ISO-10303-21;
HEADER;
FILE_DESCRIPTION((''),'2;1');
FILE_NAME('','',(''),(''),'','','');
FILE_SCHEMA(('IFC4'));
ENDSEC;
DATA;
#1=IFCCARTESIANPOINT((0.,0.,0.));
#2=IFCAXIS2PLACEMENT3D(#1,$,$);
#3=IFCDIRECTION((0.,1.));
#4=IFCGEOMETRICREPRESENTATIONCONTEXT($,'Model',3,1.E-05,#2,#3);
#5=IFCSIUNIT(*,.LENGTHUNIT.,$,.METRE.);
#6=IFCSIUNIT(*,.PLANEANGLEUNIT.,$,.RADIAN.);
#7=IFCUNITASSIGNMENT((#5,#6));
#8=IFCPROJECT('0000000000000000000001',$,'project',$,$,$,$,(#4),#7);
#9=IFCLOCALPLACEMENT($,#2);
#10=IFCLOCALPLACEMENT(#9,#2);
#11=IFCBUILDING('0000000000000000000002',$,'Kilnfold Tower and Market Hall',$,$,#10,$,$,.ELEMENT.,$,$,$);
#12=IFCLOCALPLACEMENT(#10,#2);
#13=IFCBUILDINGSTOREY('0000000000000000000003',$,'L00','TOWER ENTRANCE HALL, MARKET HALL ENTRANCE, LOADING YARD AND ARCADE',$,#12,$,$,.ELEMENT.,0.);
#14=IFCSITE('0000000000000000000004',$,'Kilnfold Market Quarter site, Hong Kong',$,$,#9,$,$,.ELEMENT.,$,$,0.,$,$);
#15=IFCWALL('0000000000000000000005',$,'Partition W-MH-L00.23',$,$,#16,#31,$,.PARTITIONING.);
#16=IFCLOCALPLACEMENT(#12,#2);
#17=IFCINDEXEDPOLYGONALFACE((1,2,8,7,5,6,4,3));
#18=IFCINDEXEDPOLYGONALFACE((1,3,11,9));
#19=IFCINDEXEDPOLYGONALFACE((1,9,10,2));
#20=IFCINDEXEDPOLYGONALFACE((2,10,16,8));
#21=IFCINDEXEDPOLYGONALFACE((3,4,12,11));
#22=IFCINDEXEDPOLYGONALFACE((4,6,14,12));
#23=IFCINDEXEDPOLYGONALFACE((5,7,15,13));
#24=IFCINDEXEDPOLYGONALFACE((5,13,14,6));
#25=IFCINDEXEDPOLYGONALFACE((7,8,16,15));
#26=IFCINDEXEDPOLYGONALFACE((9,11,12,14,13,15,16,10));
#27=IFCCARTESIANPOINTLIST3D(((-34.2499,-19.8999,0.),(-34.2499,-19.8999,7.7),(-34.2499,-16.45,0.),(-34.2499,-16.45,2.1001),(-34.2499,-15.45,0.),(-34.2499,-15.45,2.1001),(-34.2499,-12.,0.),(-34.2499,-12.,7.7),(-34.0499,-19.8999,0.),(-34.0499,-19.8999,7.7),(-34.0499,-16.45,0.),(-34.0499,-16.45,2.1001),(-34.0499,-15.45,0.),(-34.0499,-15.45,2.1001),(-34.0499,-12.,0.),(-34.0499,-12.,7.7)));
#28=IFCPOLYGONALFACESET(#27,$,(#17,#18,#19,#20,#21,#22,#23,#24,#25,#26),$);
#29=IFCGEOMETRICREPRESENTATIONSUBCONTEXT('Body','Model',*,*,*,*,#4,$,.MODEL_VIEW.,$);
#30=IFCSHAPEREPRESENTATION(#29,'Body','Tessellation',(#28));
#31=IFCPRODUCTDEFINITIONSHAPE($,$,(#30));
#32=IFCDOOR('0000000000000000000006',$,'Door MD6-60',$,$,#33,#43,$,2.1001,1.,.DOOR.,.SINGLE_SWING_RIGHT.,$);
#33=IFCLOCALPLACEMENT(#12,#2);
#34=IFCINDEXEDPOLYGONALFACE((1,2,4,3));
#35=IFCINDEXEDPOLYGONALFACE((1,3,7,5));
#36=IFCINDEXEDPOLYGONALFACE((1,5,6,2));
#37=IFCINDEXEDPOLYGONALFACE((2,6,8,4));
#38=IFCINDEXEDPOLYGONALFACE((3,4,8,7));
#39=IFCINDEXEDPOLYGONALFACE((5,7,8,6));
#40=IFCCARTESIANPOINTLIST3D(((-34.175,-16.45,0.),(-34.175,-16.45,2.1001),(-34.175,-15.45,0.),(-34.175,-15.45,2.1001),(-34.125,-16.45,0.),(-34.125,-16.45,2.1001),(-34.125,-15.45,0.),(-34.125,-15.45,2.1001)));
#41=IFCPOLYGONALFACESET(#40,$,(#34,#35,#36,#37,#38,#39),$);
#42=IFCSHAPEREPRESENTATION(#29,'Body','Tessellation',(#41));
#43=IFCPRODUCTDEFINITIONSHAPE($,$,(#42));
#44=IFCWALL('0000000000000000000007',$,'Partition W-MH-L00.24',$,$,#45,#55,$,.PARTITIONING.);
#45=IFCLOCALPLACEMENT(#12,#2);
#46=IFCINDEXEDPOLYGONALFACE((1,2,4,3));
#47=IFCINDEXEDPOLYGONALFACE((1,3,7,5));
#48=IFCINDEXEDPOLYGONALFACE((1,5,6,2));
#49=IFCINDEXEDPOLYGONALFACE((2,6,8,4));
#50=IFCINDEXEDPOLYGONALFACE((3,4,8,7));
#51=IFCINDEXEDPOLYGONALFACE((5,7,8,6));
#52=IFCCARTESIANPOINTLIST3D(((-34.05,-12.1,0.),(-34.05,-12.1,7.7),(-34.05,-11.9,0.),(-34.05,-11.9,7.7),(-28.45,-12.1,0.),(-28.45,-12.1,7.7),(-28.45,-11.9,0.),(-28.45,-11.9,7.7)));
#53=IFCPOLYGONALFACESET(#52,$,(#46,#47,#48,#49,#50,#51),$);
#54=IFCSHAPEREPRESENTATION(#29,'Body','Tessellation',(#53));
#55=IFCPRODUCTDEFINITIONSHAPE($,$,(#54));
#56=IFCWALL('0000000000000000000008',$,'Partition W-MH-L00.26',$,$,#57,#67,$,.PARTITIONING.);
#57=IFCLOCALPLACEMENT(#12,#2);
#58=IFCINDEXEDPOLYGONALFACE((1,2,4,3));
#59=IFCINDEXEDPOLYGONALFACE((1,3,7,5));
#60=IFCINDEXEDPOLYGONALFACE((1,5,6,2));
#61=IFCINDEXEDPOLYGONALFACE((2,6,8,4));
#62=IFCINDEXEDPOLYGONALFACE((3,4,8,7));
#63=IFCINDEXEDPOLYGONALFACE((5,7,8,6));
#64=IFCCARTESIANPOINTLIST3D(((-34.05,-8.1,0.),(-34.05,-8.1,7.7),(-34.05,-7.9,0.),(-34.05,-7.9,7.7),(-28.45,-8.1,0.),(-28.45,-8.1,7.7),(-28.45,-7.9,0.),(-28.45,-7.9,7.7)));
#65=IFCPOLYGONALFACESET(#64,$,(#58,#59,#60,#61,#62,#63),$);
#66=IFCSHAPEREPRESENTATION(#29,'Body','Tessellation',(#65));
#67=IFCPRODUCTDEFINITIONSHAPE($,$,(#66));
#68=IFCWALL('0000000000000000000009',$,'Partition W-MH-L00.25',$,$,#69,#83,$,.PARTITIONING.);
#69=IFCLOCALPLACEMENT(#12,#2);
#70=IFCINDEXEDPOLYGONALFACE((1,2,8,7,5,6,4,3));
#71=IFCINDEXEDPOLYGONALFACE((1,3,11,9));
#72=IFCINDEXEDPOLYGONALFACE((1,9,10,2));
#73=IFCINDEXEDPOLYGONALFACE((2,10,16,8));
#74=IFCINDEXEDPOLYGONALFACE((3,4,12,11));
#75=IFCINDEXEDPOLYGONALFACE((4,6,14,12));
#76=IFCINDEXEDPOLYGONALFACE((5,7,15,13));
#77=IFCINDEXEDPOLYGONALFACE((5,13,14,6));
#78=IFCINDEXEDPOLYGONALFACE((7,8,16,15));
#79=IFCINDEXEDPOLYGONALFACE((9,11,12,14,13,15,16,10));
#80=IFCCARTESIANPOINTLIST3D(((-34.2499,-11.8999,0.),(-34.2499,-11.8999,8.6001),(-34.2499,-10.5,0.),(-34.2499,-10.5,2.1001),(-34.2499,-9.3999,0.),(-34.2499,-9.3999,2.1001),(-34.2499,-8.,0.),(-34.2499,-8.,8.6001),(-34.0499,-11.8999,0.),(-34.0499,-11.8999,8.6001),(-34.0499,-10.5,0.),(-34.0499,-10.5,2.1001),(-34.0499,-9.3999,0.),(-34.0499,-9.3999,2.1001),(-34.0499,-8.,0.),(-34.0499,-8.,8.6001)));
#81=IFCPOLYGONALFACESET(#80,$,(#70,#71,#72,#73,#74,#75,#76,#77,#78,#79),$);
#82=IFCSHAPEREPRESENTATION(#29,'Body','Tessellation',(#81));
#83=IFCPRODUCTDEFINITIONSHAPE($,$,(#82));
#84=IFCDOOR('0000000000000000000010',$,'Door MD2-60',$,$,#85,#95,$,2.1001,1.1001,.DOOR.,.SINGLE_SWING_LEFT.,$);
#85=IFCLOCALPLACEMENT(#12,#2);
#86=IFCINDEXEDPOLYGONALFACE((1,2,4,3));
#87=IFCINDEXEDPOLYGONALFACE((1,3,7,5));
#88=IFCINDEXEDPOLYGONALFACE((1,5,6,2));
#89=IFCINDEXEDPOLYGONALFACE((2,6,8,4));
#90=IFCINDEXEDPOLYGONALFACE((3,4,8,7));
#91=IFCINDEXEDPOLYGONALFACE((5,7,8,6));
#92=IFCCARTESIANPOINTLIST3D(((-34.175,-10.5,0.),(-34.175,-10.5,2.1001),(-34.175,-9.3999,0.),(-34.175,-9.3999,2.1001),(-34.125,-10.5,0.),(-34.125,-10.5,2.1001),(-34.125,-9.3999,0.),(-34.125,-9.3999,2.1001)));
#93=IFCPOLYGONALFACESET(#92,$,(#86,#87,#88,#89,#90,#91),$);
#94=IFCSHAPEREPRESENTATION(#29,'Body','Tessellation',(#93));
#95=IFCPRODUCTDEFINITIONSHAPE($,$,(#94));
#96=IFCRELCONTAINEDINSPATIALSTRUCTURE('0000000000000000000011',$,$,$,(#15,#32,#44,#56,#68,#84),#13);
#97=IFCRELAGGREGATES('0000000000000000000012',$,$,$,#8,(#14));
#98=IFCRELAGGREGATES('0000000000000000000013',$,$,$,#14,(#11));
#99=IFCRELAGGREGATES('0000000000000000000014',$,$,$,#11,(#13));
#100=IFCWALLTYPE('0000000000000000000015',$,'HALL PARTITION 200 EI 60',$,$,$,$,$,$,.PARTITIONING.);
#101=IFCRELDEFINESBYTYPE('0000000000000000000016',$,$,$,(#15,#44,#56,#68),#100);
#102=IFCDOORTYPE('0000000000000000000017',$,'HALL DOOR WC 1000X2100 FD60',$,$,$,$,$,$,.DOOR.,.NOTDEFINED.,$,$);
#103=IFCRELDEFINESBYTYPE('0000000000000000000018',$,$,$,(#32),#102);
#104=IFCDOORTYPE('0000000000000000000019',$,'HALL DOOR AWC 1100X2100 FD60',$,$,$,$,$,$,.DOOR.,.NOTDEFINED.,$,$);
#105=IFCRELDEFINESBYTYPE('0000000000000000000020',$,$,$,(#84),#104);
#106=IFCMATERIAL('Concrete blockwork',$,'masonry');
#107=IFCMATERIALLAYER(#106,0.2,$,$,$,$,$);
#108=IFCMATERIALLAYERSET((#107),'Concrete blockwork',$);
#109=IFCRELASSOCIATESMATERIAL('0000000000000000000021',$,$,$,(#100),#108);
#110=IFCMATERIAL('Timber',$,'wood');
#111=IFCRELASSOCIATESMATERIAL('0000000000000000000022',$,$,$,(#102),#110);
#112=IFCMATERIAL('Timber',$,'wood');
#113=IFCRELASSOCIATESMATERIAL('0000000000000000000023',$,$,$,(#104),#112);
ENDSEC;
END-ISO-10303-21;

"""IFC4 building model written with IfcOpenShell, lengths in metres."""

from ifc_helpers import new_model, si_unit, direction, frame, frame_2d, origin, place, context, subcontext, project, spatial, rectangle, extrude, source, transform, mapped, material, layer, layer_set, type_object, element, fill, save


model = new_model("IFC4")

# Units and contexts
model_context = context("Model", 3, precision=1e-05, world=origin(), true_north=direction((0.0, 1.0)))
body_context = subcontext(model_context, "Body", "Model", "MODEL_VIEW")
ifc_project = project(units=[si_unit("LENGTHUNIT", "METRE"), si_unit("PLANEANGLEUNIT", "RADIAN")], contexts=[model_context])

# Site, building, storey
site_placement = place(None, origin())
site = spatial("IfcSite", under=ifc_project, at=site_placement, Name="Kilnfold Market Quarter site, Hong Kong", CompositionType="ELEMENT", RefElevation=0.0)
building_placement = place(site_placement, origin())
building = spatial("IfcBuilding", under=site, at=building_placement, Name="Kilnfold Tower and Market Hall", CompositionType="ELEMENT")
storey_placement = place(building_placement, origin())
storey = spatial("IfcBuildingStorey", under=building, at=storey_placement, Name="L00", Description="TOWER ENTRANCE HALL, MARKET HALL ENTRANCE, LOADING YARD AND ARCADE", CompositionType="ELEMENT", Elevation=0.0)

# Shared definitions
ifc_material_1 = material(Name="Concrete blockwork", Category="masonry")
ifc_layer_1 = layer(ifc_material_1, 0.2)
ifc_layer_set_1 = layer_set([ifc_layer_1], Name="Concrete blockwork")
wall_type_1 = type_object("IfcWallType", Name="HALL PARTITION 200 EI 60", PredefinedType="PARTITIONING", material=ifc_layer_set_1)

# Wall, opening, door
shared_shape_1 = source(origin(), body_context, "Body", "SweptSolid", [
    extrude(rectangle(XDim=7.8999, YDim=0.2, at=frame_2d((3.95, 0.0))), origin(), (0.0, 0.0, 1.0), 7.7),
])
wall_1_placement = place(storey_placement, frame((-34.1499, -12.0, 0.0), z_axis=(0.0, 0.0, 1.0), x_axis=(0.0, -1.0, 0.0)))
wall_1 = element("IfcWall", 1, at=wall_1_placement, inside=storey, type_object=wall_type_1, Name="Partition W-MH-L00.23", PredefinedType="PARTITIONING", context=body_context, shape_type="MappedRepresentation", body=[
    mapped(shared_shape_1, transform((0.0, 0.0, 0.0))),
])
opening_1_placement = place(wall_1_placement, frame((3.45, 0.0, 0.0)))
opening_1 = element("IfcOpeningElement", 2, at=opening_1_placement, cuts=wall_1, PredefinedType="OPENING", context=body_context, shape_type="SweptSolid", body=[
    extrude(rectangle(XDim=1.0, YDim=2.1001, at=frame_2d((0.5, 1.05))), frame((0.0, 0.1099, 0.0), z_axis=(0.0, -1.0, 0.0), x_axis=(1.0, 0.0, 0.0)), (0.0, 0.0, 1.0), 0.22),
])
ifc_material_2 = material(Name="Timber", Category="wood")
door_type_1 = type_object("IfcDoorType", Name="HALL DOOR WC 1000X2100 FD60", OperationType="NOTDEFINED", PredefinedType="DOOR", material=ifc_material_2)
door_1_placement = place(opening_1_placement, origin())
door_1 = element("IfcDoor", 3, at=door_1_placement, inside=storey, type_object=door_type_1, Name="Door MD6-60", OperationType="SINGLE_SWING_RIGHT", OverallHeight=2.1001, OverallWidth=1.0, PredefinedType="DOOR", context=body_context, shape_type="SweptSolid", body=[
    extrude(rectangle(XDim=1.0, YDim=2.1001, at=frame_2d((0.5, 1.05))), frame((0.0, 0.0249, 0.0), z_axis=(0.0, -1.0, 0.0), x_axis=(1.0, 0.0, 0.0)), (0.0, 0.0, 1.0), 0.05),
])
fill(opening_1, door_1)

# Walls
shared_shape_2 = source(origin(), body_context, "Body", "SweptSolid", [
    extrude(rectangle(XDim=5.6001, YDim=0.2, at=frame_2d((2.8, 0.0))), origin(), (0.0, 0.0, 1.0), 7.7),
])
for number, where, z_axis, x_axis, name in (
    (4, (-34.05, -12.0, 0.0), (0.0, 0.0, 1.0), (1.0, 0.0, 0.0), "Partition W-MH-L00.24"),
    (5, (-34.05, -8.0, 0.0), (0.0, 0.0, 1.0), (1.0, 0.0, 0.0), "Partition W-MH-L00.26"),
):
    element("IfcWall", number, at=place(storey_placement, frame(where, z_axis=z_axis, x_axis=x_axis)), inside=storey, type_object=wall_type_1, Name=name, PredefinedType="PARTITIONING", context=body_context, shape_type="MappedRepresentation", body=[
        mapped(shared_shape_2, transform((0.0, 0.0, 0.0))),
    ])

# Wall, opening, door
shared_shape_3 = source(origin(), body_context, "Body", "SweptSolid", [
    extrude(rectangle(XDim=3.8999, YDim=0.2, at=frame_2d((1.95, 0.0))), origin(), (0.0, 0.0, 1.0), 8.6001),
])
wall_2_placement = place(storey_placement, frame((-34.1499, -8.0, 0.0), z_axis=(0.0, 0.0, 1.0), x_axis=(0.0, -1.0, 0.0)))
wall_2 = element("IfcWall", 6, at=wall_2_placement, inside=storey, type_object=wall_type_1, Name="Partition W-MH-L00.25", PredefinedType="PARTITIONING", context=body_context, shape_type="MappedRepresentation", body=[
    mapped(shared_shape_3, transform((0.0, 0.0, 0.0))),
])
opening_2_placement = place(wall_2_placement, frame((1.3999, 0.0, 0.0)))
opening_2 = element("IfcOpeningElement", 7, at=opening_2_placement, cuts=wall_2, PredefinedType="OPENING", context=body_context, shape_type="SweptSolid", body=[
    extrude(rectangle(XDim=1.1001, YDim=2.1001, at=frame_2d((0.55, 1.05))), frame((0.0, 0.1099, 0.0), z_axis=(0.0, -1.0, 0.0), x_axis=(1.0, 0.0, 0.0)), (0.0, 0.0, 1.0), 0.22),
])
ifc_material_3 = material(Name="Timber", Category="wood")
door_type_2 = type_object("IfcDoorType", Name="HALL DOOR AWC 1100X2100 FD60", OperationType="NOTDEFINED", PredefinedType="DOOR", material=ifc_material_3)
door_2_placement = place(opening_2_placement, origin())
door_2 = element("IfcDoor", 8, at=door_2_placement, inside=storey, type_object=door_type_2, Name="Door MD2-60", OperationType="SINGLE_SWING_LEFT", OverallHeight=2.1001, OverallWidth=1.1001, PredefinedType="DOOR", context=body_context, shape_type="SweptSolid", body=[
    extrude(rectangle(XDim=1.1001, YDim=2.1001, at=frame_2d((0.55, 1.05))), frame((0.0, 0.0249, 0.0), z_axis=(0.0, -1.0, 0.0), x_axis=(1.0, 0.0, 0.0)), (0.0, 0.0, 1.0), 0.05),
])
fill(opening_2, door_2)

save(model, "model.ifc")
